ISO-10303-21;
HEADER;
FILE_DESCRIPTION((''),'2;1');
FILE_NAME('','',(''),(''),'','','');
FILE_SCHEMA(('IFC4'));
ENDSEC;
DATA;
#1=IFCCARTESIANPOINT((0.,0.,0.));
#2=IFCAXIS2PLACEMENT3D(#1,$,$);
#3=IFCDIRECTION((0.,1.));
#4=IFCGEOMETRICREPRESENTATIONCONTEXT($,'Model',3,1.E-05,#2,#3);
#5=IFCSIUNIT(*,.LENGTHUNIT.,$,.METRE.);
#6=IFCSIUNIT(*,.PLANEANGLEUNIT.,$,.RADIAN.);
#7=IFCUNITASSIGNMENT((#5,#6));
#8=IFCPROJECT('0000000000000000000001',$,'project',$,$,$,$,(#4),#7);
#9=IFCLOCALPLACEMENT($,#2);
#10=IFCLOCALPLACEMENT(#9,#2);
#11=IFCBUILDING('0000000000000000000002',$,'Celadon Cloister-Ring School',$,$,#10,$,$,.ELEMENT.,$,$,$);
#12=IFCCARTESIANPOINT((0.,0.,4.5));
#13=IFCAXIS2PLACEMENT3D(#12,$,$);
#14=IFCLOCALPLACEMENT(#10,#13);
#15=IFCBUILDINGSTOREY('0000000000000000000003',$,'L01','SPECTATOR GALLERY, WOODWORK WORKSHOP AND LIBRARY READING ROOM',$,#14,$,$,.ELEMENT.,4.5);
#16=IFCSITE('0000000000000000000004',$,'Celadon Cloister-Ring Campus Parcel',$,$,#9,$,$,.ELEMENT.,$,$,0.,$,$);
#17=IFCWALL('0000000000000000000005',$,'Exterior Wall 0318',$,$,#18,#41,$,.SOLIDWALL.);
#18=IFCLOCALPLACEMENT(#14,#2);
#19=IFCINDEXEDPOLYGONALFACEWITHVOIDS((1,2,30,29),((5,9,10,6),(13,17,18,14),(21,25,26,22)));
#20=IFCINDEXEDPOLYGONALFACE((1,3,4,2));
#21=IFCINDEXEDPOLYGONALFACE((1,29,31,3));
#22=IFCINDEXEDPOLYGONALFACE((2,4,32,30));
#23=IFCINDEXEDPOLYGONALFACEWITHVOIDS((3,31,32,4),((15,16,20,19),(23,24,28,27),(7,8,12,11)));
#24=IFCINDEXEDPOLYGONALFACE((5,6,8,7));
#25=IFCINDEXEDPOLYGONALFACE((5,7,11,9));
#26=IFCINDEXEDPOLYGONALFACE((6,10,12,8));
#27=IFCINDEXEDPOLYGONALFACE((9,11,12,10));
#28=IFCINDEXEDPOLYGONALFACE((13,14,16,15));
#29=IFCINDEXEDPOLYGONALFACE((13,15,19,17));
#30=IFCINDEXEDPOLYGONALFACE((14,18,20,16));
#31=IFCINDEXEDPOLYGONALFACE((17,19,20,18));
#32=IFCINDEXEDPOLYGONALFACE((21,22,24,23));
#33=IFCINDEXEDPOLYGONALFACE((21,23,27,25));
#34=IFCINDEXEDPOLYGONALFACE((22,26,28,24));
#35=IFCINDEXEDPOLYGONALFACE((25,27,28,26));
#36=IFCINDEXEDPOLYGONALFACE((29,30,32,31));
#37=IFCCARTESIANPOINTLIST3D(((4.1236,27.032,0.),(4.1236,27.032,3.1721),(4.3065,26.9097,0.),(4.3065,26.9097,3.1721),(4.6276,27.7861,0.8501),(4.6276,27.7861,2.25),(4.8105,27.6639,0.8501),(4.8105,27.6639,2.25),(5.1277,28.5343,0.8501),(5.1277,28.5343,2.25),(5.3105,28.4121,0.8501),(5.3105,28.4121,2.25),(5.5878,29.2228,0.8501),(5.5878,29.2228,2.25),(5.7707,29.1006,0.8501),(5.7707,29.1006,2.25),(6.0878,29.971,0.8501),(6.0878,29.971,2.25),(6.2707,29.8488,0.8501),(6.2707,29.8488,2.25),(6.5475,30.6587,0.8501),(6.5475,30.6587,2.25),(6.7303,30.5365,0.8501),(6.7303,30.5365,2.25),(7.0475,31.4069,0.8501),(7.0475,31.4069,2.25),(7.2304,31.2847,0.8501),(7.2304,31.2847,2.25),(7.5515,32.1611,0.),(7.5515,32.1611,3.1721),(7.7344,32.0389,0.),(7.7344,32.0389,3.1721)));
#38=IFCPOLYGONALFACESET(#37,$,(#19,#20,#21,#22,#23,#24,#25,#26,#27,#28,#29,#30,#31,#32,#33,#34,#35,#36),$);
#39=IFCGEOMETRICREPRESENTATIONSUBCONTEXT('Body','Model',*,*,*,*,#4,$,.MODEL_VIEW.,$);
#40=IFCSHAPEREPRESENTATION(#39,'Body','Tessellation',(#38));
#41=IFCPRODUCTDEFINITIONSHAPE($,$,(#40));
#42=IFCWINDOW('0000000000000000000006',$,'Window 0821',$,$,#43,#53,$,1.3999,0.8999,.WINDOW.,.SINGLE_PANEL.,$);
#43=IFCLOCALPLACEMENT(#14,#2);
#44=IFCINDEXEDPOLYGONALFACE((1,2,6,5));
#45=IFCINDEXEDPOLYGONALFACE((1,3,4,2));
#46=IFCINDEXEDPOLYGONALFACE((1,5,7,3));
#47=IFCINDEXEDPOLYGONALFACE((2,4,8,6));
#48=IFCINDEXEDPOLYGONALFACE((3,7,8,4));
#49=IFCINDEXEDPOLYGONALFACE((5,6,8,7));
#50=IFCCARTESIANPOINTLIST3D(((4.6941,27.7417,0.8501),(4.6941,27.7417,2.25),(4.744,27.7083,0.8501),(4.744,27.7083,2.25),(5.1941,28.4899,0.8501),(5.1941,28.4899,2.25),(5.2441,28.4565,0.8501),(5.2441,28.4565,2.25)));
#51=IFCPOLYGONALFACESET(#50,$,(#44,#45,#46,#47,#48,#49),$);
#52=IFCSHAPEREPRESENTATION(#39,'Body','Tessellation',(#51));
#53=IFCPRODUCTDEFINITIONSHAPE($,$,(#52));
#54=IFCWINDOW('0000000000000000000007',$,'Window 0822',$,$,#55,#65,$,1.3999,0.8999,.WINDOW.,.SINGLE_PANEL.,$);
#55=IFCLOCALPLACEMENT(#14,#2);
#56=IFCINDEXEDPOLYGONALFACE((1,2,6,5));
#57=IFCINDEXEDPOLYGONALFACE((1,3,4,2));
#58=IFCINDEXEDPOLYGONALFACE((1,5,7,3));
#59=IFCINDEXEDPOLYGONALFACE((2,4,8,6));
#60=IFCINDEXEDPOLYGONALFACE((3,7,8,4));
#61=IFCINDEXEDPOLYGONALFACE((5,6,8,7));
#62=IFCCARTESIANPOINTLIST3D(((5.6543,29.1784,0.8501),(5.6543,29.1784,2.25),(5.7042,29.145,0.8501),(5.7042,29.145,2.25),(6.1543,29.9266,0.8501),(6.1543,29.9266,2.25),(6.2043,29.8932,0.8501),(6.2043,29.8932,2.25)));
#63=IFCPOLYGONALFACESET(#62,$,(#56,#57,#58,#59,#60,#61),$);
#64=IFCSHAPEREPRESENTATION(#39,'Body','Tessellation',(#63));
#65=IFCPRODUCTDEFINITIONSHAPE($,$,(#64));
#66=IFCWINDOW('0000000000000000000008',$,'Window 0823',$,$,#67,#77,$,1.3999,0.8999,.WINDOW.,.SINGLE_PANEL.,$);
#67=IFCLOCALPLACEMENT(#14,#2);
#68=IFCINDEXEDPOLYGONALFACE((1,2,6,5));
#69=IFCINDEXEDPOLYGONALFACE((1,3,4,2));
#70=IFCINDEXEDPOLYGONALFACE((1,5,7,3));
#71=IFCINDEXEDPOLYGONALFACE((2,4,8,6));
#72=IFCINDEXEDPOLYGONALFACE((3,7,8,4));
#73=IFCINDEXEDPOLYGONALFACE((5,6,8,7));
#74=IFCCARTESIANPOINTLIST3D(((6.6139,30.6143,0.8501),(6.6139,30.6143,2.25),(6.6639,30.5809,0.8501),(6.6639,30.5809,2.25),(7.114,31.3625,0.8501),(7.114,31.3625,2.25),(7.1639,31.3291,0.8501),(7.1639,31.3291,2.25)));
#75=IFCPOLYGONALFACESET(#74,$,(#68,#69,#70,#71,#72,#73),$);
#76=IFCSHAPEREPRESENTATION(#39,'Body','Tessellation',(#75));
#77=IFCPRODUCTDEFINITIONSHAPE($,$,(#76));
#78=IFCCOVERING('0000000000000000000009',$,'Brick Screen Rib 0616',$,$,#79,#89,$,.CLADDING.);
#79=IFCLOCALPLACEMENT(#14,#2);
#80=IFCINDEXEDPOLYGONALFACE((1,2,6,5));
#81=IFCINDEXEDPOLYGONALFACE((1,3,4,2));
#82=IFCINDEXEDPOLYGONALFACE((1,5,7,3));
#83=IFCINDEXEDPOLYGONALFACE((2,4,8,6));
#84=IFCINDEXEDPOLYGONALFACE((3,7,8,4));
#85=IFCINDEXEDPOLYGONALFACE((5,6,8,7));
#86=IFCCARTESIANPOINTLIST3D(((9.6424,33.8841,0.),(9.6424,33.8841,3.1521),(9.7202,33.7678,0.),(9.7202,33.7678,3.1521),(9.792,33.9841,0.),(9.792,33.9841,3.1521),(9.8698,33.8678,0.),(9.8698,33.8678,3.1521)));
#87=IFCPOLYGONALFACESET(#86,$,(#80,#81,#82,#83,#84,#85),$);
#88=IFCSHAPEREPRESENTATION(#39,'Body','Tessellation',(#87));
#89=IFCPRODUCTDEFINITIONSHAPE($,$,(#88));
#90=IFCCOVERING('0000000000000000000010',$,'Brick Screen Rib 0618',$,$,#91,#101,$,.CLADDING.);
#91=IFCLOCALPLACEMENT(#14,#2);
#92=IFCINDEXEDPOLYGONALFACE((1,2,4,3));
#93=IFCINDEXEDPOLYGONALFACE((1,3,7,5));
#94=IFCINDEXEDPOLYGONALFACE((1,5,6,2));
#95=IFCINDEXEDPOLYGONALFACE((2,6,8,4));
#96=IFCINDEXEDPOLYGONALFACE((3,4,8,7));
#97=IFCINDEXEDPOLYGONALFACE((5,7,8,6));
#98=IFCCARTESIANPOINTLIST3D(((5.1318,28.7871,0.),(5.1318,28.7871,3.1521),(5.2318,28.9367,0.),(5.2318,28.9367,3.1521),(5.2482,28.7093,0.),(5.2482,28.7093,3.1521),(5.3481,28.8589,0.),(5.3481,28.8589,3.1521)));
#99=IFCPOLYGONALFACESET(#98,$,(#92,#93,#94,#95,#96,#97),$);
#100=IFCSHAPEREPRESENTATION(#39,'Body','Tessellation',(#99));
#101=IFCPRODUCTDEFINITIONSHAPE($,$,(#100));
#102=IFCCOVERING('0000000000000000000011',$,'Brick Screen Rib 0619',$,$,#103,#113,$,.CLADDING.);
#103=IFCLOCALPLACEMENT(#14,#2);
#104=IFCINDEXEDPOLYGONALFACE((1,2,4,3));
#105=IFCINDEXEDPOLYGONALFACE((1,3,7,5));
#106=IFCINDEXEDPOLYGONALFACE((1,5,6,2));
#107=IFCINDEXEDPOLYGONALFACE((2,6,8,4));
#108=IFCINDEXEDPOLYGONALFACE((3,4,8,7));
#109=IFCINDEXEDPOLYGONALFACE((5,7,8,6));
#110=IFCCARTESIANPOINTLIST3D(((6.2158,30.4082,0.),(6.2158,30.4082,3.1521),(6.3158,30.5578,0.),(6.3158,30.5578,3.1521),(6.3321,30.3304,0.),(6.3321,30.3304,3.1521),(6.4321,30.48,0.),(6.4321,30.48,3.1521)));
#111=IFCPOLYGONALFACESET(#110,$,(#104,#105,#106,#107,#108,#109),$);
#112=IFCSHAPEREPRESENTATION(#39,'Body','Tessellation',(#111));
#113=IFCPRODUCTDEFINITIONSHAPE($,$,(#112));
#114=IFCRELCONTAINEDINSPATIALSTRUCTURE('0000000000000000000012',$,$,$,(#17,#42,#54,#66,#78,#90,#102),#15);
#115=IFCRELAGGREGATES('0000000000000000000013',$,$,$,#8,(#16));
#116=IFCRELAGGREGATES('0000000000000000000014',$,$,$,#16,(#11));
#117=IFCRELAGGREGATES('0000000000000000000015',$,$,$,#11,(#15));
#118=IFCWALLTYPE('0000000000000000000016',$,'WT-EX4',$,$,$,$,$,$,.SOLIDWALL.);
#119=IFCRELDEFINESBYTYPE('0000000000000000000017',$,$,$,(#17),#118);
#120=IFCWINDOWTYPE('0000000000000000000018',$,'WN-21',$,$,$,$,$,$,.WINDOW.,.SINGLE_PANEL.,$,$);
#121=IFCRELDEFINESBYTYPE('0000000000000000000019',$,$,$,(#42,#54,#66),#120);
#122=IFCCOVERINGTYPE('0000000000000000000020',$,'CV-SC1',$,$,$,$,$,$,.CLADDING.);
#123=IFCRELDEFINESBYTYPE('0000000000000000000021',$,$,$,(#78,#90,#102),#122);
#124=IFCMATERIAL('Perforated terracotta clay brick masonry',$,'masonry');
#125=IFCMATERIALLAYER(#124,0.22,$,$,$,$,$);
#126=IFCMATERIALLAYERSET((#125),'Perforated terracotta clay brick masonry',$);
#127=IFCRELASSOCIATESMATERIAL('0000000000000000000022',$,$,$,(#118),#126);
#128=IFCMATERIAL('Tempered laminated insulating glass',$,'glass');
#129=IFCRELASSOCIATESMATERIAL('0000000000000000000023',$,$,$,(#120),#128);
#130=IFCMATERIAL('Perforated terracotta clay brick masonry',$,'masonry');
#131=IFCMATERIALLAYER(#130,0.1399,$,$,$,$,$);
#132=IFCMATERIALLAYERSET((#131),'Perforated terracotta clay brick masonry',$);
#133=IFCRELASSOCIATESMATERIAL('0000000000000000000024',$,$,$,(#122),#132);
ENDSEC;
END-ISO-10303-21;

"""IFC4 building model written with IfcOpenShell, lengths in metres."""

from ifc_helpers import new_model, si_unit, direction, frame, frame_2d, origin, origin_2d, place, context, subcontext, project, spatial, rectangle, extrude, material, layer, layer_set, type_object, element, fill, save


model = new_model("IFC4")

# Units and contexts
model_context = context("Model", 3, precision=1e-05, world=origin(), true_north=direction((0.0, 1.0)))
body_context = subcontext(model_context, "Body", "Model", "MODEL_VIEW")
ifc_project = project(units=[si_unit("LENGTHUNIT", "METRE"), si_unit("PLANEANGLEUNIT", "RADIAN")], contexts=[model_context])

# Site, building, storey
site_placement = place(None, origin())
site = spatial("IfcSite", under=ifc_project, at=site_placement, Name="Celadon Cloister-Ring Campus Parcel", CompositionType="ELEMENT", RefElevation=0.0)
building_placement = place(site_placement, origin())
building = spatial("IfcBuilding", under=site, at=building_placement, Name="Celadon Cloister-Ring School", CompositionType="ELEMENT")
storey_placement = place(building_placement, frame((0.0, 0.0, 4.5)))
storey = spatial("IfcBuildingStorey", under=building, at=storey_placement, Name="L01", Description="SPECTATOR GALLERY, WOODWORK WORKSHOP AND LIBRARY READING ROOM", CompositionType="ELEMENT", Elevation=4.5)

# Wall, openings, windows
ifc_material_1 = material(Name="Perforated terracotta clay brick masonry", Category="masonry")
ifc_layer_1 = layer(ifc_material_1, 0.22)
ifc_layer_set_1 = layer_set([ifc_layer_1], Name="Perforated terracotta clay brick masonry")
wall_type = type_object("IfcWallType", Name="WT-EX4", PredefinedType="SOLIDWALL", material=ifc_layer_set_1)
ifc_material_2 = material(Name="Tempered laminated insulating glass", Category="glass")
window_type = type_object("IfcWindowType", Name="WN-21", PartitioningType="SINGLE_PANEL", PredefinedType="WINDOW", material=ifc_material_2)
wall_1_placement = place(storey_placement, frame((4.2151, 26.9709, 0.0), z_axis=(0.0, 0.0, 1.0), x_axis=(0.555659, 0.83141, 0.0)))
wall_1 = element("IfcWall", 1, at=wall_1_placement, inside=storey, type_object=wall_type, Name="Exterior Wall 0318", PredefinedType="SOLIDWALL", context=body_context, shape_type="SweptSolid", body=[
    extrude(rectangle(XDim=6.1692, YDim=0.22, at=frame_2d((3.0845, 0.0))), origin(), (0.0, 0.0, 1.0), 3.1721),
])
opening_1_placement = place(wall_1_placement, frame((0.907, 0.0, 0.8501)))
opening_1 = element("IfcOpeningElement", 2, at=opening_1_placement, cuts=wall_1, PredefinedType="OPENING", context=body_context, shape_type="SweptSolid", body=[
    extrude(rectangle(XDim=0.8999, YDim=1.3999, at=frame_2d((0.45, 0.7))), frame((0.0, 0.1201, 0.0), z_axis=(0.0, -1.0, 0.0), x_axis=(1.0, 0.0, 0.0)), (0.0, 0.0, 1.0), 0.24),
])
opening_2_placement = place(wall_1_placement, frame((2.635, 0.0, 0.8501)))
opening_2 = element("IfcOpeningElement", 3, at=opening_2_placement, cuts=wall_1, PredefinedType="OPENING", context=body_context, shape_type="SweptSolid", body=[
    extrude(rectangle(XDim=0.8999, YDim=1.3999, at=frame_2d((0.45, 0.7))), frame((0.0, 0.1201, 0.0), z_axis=(0.0, -1.0, 0.0), x_axis=(1.0, 0.0, 0.0)), (0.0, 0.0, 1.0), 0.24),
])
opening_3_placement = place(wall_1_placement, frame((4.3621, 0.0, 0.8501)))
opening_3 = element("IfcOpeningElement", 4, at=opening_3_placement, cuts=wall_1, PredefinedType="OPENING", context=body_context, shape_type="SweptSolid", body=[
    extrude(rectangle(XDim=0.8999, YDim=1.3999, at=frame_2d((0.45, 0.7))), frame((0.0, 0.1201, 0.0), z_axis=(0.0, -1.0, 0.0), x_axis=(1.0, 0.0, 0.0)), (0.0, 0.0, 1.0), 0.24),
])
window_1_placement = place(opening_1_placement, origin())
window_1 = element("IfcWindow", 5, at=window_1_placement, inside=storey, type_object=window_type, Name="Window 0821", OverallHeight=1.3999, OverallWidth=0.8999, PartitioningType="SINGLE_PANEL", PredefinedType="WINDOW", context=body_context, shape_type="SweptSolid", body=[
    extrude(rectangle(XDim=0.8999, YDim=1.3999, at=frame_2d((0.45, 0.7))), frame((0.0, 0.03, 0.0), z_axis=(0.0, -1.0, 0.0), x_axis=(1.0, 0.0, 0.0)), (0.0, 0.0, 1.0), 0.0601),
])
fill(opening_1, window_1)
window_2_placement = place(opening_2_placement, origin())
window_2 = element("IfcWindow", 6, at=window_2_placement, inside=storey, type_object=window_type, Name="Window 0822", OverallHeight=1.3999, OverallWidth=0.8999, PartitioningType="SINGLE_PANEL", PredefinedType="WINDOW", context=body_context, shape_type="SweptSolid", body=[
    extrude(rectangle(XDim=0.8999, YDim=1.3999, at=frame_2d((0.45, 0.7))), frame((0.0, 0.03, 0.0), z_axis=(0.0, -1.0, 0.0), x_axis=(1.0, 0.0, 0.0)), (0.0, 0.0, 1.0), 0.0601),
])
fill(opening_2, window_2)
window_3_placement = place(opening_3_placement, origin())
window_3 = element("IfcWindow", 7, at=window_3_placement, inside=storey, type_object=window_type, Name="Window 0823", OverallHeight=1.3999, OverallWidth=0.8999, PartitioningType="SINGLE_PANEL", PredefinedType="WINDOW", context=body_context, shape_type="SweptSolid", body=[
    extrude(rectangle(XDim=0.8999, YDim=1.3999, at=frame_2d((0.45, 0.7))), frame((0.0, 0.03, 0.0), z_axis=(0.0, -1.0, 0.0), x_axis=(1.0, 0.0, 0.0)), (0.0, 0.0, 1.0), 0.0601),
])
fill(opening_3, window_3)

# Coverings
ifc_material_3 = material(Name="Perforated terracotta clay brick masonry", Category="masonry")
ifc_layer_2 = layer(ifc_material_3, 0.1399)
ifc_layer_set_2 = layer_set([ifc_layer_2], Name="Perforated terracotta clay brick masonry")
covering_type = type_object("IfcCoveringType", Name="CV-SC1", PredefinedType="CLADDING", material=ifc_layer_set_2)
for number, where, z_axis, x_axis, name in (
    (8, (9.7561, 33.876, 0.0), (0.0, 0.0, 1.0), (0.831402, 0.555672, 0.0), "Brick Screen Rib 0616"),
    (9, (5.24, 28.823, 0.0), (0.0, 0.0, 1.0), (0.555672, 0.831402, 0.0), "Brick Screen Rib 0618"),
    (10, (6.324, 30.4441, 0.0), (0.0, 0.0, 1.0), (0.555672, 0.831402, 0.0), "Brick Screen Rib 0619"),
):
    element("IfcCovering", number, at=place(storey_placement, frame(where, z_axis=z_axis, x_axis=x_axis)), inside=storey, type_object=covering_type, Name=name, PredefinedType="CLADDING", context=body_context, shape_type="SweptSolid", body=[
        extrude(rectangle(XDim=0.1799, YDim=0.1399, at=origin_2d()), origin(), (0.0, 0.0, 1.0), 3.1521),
    ])

save(model, "model.ifc")
